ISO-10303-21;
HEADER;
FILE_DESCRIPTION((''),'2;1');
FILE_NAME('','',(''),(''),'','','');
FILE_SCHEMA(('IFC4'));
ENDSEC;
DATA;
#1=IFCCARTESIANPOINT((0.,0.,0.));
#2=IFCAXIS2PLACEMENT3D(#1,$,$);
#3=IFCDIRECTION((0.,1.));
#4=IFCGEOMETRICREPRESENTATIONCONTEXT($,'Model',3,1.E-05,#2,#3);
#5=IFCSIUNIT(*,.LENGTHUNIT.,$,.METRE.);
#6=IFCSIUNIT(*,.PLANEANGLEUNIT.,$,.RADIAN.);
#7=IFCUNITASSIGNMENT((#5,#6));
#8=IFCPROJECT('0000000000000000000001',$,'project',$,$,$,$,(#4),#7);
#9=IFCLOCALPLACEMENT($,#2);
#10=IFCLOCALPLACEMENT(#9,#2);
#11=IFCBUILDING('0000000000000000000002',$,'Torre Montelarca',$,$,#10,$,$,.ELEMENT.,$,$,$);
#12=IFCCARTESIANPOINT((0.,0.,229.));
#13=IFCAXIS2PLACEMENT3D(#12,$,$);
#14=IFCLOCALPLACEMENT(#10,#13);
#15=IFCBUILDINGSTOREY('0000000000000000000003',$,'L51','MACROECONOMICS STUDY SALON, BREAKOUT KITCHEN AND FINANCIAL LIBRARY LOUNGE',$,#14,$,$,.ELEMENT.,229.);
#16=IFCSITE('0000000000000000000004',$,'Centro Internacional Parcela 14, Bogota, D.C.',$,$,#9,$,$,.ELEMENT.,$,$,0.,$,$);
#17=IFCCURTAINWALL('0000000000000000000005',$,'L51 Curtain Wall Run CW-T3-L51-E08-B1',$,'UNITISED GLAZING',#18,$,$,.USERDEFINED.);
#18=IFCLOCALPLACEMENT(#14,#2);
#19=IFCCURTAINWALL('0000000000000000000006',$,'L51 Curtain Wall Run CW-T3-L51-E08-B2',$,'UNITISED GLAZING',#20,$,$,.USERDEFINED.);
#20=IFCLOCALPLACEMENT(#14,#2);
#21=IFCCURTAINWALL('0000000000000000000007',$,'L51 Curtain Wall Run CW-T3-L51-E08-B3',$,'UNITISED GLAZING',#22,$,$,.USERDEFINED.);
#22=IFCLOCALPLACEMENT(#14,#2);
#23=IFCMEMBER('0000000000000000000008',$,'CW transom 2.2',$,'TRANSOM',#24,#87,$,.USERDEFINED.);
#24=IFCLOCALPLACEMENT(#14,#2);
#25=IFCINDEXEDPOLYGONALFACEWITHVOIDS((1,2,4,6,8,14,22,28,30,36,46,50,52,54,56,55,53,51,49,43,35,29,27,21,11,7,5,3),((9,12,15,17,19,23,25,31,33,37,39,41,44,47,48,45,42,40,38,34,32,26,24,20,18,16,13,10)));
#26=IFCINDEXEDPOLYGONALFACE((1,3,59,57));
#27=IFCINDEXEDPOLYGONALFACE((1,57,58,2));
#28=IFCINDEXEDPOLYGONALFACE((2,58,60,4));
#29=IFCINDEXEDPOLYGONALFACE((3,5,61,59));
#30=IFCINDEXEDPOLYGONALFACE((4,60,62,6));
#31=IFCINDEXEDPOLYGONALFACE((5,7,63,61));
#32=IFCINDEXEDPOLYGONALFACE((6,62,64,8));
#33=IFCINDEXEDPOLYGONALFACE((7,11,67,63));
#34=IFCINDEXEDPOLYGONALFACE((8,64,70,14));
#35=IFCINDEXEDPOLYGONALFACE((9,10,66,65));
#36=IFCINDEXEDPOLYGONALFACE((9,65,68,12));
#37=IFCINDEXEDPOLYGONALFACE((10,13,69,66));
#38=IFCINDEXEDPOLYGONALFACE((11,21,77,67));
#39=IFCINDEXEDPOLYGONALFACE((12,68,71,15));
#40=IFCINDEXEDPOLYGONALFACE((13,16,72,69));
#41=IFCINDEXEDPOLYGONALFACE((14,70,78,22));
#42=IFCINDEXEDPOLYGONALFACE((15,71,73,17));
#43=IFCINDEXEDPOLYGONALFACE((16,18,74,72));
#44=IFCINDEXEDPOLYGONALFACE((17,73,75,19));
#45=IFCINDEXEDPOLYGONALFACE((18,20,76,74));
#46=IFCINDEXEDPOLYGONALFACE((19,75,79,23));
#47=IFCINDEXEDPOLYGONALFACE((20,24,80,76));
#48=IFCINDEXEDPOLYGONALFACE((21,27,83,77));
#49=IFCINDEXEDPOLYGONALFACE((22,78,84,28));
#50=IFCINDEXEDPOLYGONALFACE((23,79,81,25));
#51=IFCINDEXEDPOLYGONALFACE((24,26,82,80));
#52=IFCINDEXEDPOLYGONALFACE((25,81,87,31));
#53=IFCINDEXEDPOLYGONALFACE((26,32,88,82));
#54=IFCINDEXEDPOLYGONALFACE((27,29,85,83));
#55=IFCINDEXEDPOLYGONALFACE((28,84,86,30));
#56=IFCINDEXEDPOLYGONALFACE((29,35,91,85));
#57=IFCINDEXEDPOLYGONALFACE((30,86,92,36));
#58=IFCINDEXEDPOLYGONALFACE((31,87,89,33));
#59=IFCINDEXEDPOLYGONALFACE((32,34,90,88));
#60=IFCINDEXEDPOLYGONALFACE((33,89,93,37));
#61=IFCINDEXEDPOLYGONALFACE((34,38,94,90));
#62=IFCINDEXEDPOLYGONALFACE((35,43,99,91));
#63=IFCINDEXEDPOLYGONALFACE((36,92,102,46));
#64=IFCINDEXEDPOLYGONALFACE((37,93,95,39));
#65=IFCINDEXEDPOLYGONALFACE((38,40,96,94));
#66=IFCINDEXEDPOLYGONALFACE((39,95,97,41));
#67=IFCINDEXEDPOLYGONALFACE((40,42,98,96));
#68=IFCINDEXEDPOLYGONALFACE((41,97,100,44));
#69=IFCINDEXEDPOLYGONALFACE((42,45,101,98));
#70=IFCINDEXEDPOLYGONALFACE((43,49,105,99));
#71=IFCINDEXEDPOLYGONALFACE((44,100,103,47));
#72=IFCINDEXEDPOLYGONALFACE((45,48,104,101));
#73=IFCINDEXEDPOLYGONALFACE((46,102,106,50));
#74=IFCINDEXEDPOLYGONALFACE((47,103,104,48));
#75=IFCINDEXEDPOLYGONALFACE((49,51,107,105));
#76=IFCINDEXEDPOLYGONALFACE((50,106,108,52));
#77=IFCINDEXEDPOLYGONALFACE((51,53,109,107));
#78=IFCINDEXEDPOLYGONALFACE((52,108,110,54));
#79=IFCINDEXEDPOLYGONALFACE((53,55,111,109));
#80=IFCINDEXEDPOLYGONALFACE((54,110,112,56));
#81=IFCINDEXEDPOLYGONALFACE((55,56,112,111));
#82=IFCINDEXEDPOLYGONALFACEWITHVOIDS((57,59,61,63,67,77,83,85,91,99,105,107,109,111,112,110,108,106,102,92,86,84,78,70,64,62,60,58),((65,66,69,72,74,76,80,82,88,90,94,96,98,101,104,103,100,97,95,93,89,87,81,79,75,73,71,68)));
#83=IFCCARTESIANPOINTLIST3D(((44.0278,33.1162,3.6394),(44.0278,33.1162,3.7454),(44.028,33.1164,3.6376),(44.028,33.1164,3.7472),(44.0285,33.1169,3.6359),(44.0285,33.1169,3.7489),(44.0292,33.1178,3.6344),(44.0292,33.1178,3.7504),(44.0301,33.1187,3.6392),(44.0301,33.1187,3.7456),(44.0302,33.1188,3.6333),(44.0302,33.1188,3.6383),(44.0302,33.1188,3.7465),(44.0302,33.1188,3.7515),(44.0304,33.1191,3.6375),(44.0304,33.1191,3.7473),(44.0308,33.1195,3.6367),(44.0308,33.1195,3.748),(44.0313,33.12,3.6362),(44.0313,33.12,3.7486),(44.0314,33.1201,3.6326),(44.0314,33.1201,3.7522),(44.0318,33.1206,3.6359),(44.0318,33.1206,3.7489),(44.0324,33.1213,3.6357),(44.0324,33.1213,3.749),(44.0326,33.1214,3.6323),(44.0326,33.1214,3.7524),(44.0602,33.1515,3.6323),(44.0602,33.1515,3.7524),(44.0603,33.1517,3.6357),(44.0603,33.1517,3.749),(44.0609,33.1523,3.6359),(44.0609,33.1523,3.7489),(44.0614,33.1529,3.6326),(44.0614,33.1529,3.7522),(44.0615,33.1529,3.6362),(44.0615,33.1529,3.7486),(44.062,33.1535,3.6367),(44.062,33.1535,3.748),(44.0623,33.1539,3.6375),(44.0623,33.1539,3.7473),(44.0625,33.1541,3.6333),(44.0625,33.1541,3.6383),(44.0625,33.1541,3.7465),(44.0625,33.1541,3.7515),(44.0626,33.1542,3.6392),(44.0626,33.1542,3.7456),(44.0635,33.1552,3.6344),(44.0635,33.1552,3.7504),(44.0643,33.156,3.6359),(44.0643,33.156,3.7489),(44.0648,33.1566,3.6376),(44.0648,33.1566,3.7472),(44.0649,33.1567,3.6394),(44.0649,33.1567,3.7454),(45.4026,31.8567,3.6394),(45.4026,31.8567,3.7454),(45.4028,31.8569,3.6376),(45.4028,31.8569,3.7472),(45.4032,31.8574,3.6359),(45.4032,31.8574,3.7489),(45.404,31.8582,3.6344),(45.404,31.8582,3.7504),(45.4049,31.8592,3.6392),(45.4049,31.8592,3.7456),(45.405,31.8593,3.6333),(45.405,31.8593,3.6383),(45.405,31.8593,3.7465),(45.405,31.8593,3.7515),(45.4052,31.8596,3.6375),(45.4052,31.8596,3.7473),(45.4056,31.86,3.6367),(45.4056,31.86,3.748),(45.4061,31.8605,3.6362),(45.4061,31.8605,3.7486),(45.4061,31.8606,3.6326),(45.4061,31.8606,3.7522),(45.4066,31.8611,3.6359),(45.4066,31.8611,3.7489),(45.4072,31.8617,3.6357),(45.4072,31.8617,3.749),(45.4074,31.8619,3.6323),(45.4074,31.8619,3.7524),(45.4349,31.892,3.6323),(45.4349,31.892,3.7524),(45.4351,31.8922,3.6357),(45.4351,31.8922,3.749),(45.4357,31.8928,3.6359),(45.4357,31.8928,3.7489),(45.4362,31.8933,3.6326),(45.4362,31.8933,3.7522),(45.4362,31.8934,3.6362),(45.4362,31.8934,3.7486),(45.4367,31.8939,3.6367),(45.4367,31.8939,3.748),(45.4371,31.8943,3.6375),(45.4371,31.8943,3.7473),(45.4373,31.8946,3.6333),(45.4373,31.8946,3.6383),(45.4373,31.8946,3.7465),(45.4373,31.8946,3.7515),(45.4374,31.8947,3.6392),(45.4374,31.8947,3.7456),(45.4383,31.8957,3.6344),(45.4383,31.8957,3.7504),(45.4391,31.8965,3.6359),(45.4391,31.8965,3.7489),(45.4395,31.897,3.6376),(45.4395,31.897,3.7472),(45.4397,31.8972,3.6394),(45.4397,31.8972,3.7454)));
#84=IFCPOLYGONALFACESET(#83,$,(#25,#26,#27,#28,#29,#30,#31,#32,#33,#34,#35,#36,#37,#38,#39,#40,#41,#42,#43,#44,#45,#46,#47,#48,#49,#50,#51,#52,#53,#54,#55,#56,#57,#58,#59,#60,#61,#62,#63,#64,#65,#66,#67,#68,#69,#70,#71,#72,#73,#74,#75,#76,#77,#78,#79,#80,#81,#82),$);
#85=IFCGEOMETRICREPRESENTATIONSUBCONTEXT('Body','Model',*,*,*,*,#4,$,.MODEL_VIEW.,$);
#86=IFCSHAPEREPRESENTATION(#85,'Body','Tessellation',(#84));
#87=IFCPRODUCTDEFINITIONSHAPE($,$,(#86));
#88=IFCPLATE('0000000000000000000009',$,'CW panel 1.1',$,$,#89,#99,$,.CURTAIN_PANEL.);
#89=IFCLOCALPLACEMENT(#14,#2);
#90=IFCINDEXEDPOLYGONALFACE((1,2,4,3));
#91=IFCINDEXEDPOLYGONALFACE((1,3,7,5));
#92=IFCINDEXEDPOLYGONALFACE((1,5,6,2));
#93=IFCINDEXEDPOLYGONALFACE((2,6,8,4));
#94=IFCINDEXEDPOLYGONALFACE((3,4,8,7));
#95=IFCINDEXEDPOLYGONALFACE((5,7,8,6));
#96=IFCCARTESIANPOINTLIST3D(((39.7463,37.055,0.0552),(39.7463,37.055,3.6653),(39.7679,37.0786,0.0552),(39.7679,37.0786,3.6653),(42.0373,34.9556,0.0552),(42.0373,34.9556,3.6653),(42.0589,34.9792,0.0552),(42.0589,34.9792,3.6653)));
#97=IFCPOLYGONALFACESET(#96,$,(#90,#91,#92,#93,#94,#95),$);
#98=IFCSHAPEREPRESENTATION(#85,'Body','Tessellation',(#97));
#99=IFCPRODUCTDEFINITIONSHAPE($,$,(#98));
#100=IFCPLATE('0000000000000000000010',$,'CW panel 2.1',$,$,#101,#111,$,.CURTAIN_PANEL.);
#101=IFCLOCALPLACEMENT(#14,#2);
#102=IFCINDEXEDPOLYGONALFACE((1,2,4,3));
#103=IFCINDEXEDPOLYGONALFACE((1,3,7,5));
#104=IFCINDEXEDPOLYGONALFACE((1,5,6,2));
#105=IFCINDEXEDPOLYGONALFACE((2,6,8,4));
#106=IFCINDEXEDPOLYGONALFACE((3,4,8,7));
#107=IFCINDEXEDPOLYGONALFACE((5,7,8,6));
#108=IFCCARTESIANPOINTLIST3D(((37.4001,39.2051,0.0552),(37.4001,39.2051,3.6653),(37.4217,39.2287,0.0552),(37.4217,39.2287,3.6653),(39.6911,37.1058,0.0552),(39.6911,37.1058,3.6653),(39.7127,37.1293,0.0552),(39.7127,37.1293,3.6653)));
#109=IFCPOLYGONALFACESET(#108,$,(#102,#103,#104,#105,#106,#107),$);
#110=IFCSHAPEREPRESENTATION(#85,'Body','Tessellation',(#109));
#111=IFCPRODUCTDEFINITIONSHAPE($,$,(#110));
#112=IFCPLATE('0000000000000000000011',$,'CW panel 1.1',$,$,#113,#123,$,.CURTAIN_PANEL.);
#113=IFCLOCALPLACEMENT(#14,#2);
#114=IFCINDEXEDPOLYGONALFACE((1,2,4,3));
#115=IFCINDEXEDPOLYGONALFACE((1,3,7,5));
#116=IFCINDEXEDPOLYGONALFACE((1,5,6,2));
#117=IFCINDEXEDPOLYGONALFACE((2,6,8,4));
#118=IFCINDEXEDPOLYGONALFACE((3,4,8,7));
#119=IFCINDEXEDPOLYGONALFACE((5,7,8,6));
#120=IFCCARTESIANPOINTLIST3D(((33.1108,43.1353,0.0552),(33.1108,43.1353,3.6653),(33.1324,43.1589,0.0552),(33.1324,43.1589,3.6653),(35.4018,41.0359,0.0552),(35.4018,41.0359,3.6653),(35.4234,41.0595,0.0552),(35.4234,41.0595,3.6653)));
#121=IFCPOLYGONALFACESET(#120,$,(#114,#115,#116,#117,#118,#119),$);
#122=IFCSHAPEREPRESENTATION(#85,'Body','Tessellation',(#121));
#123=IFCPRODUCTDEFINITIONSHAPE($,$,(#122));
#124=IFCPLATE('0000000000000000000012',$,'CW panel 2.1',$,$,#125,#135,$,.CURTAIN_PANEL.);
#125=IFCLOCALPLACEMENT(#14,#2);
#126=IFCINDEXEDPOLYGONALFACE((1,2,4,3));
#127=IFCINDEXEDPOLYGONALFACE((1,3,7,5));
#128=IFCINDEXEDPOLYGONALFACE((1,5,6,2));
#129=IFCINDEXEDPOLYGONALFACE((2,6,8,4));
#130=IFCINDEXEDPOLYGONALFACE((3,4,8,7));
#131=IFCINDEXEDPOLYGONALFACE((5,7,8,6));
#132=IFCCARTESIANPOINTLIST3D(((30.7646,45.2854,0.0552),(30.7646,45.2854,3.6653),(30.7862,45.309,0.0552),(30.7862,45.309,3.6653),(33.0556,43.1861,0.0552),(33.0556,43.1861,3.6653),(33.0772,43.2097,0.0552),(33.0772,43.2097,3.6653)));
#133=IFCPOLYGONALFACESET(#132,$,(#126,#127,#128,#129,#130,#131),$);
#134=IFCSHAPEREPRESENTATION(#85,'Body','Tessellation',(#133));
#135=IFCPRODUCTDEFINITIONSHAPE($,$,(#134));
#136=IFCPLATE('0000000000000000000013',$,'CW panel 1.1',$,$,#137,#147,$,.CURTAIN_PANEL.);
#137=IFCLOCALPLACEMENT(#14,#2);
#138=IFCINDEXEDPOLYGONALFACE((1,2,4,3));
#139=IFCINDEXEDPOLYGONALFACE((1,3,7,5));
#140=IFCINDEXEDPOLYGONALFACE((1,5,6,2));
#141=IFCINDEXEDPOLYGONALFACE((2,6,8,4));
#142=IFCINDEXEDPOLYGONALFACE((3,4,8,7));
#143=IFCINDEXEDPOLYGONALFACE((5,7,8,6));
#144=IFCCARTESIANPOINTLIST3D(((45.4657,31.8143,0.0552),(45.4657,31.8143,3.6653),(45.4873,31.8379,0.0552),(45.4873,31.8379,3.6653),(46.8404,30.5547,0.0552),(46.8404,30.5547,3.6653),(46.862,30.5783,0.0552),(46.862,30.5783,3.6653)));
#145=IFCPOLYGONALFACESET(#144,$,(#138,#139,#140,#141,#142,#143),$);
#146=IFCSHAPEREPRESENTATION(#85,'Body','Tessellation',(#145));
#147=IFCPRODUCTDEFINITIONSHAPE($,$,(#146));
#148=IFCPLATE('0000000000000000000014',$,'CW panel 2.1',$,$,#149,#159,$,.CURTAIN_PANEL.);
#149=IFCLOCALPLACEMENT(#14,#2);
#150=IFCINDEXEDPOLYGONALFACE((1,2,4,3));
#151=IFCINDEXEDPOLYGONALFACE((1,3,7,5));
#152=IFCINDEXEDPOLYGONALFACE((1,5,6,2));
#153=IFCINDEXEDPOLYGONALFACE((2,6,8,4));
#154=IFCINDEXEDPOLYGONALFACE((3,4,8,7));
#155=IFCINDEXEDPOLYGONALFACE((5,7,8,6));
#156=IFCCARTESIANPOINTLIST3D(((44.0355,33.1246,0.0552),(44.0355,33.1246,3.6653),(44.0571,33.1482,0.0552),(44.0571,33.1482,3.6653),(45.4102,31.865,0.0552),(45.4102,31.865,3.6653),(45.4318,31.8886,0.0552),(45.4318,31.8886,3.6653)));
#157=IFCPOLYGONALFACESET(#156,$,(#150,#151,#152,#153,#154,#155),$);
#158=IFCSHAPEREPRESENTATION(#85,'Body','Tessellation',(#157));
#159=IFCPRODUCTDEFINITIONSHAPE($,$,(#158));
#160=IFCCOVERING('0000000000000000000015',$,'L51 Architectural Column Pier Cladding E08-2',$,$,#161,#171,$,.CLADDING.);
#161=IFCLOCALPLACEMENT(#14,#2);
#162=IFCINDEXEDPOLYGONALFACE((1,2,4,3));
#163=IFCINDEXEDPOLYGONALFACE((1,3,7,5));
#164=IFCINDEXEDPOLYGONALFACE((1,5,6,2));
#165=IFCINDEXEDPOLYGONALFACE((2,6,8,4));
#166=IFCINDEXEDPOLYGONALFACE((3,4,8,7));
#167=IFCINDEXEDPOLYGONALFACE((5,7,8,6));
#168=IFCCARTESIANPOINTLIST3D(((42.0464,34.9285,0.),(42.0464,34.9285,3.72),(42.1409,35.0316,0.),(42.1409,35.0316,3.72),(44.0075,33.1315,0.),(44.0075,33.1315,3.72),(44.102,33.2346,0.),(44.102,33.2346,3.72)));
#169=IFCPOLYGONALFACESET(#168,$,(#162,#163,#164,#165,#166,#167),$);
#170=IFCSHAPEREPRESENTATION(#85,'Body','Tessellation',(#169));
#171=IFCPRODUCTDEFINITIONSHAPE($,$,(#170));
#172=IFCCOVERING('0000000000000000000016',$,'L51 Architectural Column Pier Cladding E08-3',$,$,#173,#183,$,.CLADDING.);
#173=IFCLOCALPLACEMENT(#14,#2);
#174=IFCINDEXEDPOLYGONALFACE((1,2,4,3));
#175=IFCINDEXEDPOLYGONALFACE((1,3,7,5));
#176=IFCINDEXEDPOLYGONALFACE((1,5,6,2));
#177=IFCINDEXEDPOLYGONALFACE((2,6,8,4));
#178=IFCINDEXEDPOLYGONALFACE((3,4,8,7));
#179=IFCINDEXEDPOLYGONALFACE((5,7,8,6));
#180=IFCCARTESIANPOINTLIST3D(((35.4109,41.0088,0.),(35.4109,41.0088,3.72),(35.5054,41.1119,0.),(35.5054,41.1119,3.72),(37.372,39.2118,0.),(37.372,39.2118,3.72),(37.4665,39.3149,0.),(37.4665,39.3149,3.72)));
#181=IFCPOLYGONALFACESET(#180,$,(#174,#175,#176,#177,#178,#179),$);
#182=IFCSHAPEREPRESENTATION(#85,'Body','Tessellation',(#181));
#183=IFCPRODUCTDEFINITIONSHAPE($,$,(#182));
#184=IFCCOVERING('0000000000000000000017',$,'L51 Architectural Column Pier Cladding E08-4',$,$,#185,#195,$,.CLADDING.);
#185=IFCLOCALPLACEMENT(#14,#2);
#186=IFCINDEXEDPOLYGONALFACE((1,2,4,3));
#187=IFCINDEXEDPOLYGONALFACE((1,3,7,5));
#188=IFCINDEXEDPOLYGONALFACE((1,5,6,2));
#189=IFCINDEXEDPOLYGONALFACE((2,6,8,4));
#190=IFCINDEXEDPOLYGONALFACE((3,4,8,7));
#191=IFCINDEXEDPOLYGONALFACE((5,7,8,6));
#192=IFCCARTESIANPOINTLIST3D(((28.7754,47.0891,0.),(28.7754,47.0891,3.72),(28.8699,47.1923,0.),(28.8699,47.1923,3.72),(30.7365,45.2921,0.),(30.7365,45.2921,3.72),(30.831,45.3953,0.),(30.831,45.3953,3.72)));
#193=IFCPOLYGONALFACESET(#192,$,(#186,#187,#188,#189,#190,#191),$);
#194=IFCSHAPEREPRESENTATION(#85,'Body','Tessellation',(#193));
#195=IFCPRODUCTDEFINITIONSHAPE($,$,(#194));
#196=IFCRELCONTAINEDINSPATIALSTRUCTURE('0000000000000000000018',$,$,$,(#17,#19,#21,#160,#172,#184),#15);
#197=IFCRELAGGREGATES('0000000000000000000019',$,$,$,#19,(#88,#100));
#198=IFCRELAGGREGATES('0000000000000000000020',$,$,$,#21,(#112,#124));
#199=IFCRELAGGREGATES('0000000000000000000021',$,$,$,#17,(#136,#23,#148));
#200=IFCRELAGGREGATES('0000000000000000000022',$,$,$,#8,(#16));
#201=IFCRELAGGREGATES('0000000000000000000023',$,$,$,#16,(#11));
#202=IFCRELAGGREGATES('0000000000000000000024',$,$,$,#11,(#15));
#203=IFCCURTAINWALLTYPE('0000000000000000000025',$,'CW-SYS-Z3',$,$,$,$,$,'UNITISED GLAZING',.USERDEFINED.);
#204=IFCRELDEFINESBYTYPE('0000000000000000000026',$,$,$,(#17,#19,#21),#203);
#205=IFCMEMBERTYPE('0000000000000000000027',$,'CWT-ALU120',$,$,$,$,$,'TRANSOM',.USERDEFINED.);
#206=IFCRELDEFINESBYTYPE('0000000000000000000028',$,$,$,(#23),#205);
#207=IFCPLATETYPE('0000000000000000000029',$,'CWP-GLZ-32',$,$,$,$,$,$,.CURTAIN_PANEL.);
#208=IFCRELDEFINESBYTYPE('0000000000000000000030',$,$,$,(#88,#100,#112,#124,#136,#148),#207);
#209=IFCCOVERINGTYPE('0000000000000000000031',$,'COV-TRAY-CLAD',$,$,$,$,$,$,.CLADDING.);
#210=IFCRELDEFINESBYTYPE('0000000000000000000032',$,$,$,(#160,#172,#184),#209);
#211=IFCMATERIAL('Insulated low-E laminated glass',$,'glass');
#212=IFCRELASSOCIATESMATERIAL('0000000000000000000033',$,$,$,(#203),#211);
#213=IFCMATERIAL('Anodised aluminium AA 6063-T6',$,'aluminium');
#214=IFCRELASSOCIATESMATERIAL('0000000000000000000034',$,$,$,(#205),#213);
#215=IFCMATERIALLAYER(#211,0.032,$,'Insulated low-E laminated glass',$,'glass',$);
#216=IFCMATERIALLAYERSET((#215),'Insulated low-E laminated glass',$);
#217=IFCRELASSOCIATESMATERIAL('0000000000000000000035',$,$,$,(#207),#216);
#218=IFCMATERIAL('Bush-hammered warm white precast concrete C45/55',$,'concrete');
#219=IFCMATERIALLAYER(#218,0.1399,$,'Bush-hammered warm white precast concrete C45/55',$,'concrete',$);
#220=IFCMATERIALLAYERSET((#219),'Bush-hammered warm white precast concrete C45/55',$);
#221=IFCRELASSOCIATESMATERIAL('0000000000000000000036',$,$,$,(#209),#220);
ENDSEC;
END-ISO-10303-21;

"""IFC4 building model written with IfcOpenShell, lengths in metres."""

from ifc_helpers import new_model, si_unit, direction, frame, origin, origin_2d, place, context, subcontext, project, spatial, rectangle, hollow_rectangle, extrude, source, transform, mapped, material, layer, layer_set, material_profile, profile_set, type_object, element, aggregate, save


model = new_model("IFC4")

# Units and contexts
model_context = context("Model", 3, precision=1e-05, world=origin(), true_north=direction((0.0, 1.0)))
body_context = subcontext(model_context, "Body", "Model", "MODEL_VIEW")
ifc_project = project(units=[si_unit("LENGTHUNIT", "METRE"), si_unit("PLANEANGLEUNIT", "RADIAN")], contexts=[model_context])

# Site, building, storey
site_placement = place(None, origin())
site = spatial("IfcSite", under=ifc_project, at=site_placement, Name="Centro Internacional Parcela 14, Bogota, D.C.", CompositionType="ELEMENT", RefElevation=0.0)
building_placement = place(site_placement, origin())
building = spatial("IfcBuilding", under=site, at=building_placement, Name="Torre Montelarca", CompositionType="ELEMENT")
storey_placement = place(building_placement, frame((0.0, 0.0, 229.0)))
storey = spatial("IfcBuildingStorey", under=building, at=storey_placement, Name="L51", Description="MACROECONOMICS STUDY SALON, BREAKOUT KITCHEN AND FINANCIAL LIBRARY LOUNGE", CompositionType="ELEMENT", Elevation=229.0)

# Curtain walls
ifc_material_1 = material(Name="Insulated low-E laminated glass", Category="glass")
curtain_wall_type = type_object("IfcCurtainWallType", Name="CW-SYS-Z3", ElementType="UNITISED GLAZING", PredefinedType="USERDEFINED", material=ifc_material_1)
curtain_wall_1_placement = place(storey_placement, origin())
curtain_wall_1 = element("IfcCurtainWall", 1, at=curtain_wall_1_placement, inside=storey, type_object=curtain_wall_type, Name="L51 Curtain Wall Run CW-T3-L51-E08-B1", ObjectType="UNITISED GLAZING", PredefinedType="USERDEFINED")
ifc_material_2 = material(Name="Anodised aluminium AA 6063-T6", Category="aluminium")
curtain_wall_2_placement = place(storey_placement, origin())
curtain_wall_2 = element("IfcCurtainWall", 2, at=curtain_wall_2_placement, inside=storey, type_object=curtain_wall_type, Name="L51 Curtain Wall Run CW-T3-L51-E08-B2", ObjectType="UNITISED GLAZING", PredefinedType="USERDEFINED")
curtain_wall_3_placement = place(storey_placement, origin())
curtain_wall_3 = element("IfcCurtainWall", 3, at=curtain_wall_3_placement, inside=storey, type_object=curtain_wall_type, Name="L51 Curtain Wall Run CW-T3-L51-E08-B3", ObjectType="UNITISED GLAZING", PredefinedType="USERDEFINED")

# Member
ifc_material_profile_1 = material_profile(ifc_material_2, hollow_rectangle(XDim=0.0549, YDim=0.1201, WallThickness=0.0034, InnerFilletRadius=0.0034, OuterFilletRadius=0.0071, at=origin_2d()), Name="ALU55X120X3.5", Category="aluminium")
ifc_profile_set_1 = profile_set([ifc_material_profile_1], Name="Anodised aluminium AA 6063-T6")
member_type_1 = type_object("IfcMemberType", Name="CWT-ALU120", ElementType="TRANSOM", PredefinedType="USERDEFINED", material=ifc_profile_set_1)
shared_shape_1 = source(origin(), body_context, "Body", "SweptSolid", [
    extrude(hollow_rectangle(XDim=0.0549, YDim=0.1201, WallThickness=0.0034, InnerFilletRadius=0.0034, OuterFilletRadius=0.0071, at=origin_2d()), origin(), (0.0, 0.0, 1.0), 1.8645),
])
member_1_placement = place(storey_placement, frame((45.4211, 31.877, 3.6924), z_axis=(-0.737333, 0.675529, 0.0), x_axis=(-0.675529, -0.737333, 0.0)))
member_1 = element("IfcMember", 4, at=member_1_placement, type_object=member_type_1, Name="CW transom 2.2", ObjectType="TRANSOM", PredefinedType="USERDEFINED", context=body_context, shape_type="MappedRepresentation", body=[
    mapped(shared_shape_1, transform((0.0, 0.0, 0.0), scale=1.0)),
])

# Plates
ifc_layer_1 = layer(ifc_material_1, 0.032, Name="Insulated low-E laminated glass", Category="glass")
ifc_layer_set_1 = layer_set([ifc_layer_1], Name="Insulated low-E laminated glass")
plate_type = type_object("IfcPlateType", Name="CWP-GLZ-32", PredefinedType="CURTAIN_PANEL", material=ifc_layer_set_1)
shared_shape_2 = source(origin(), body_context, "Body", "SweptSolid", [
    extrude(rectangle(XDim=3.1074, YDim=0.032, at=origin_2d()), origin(), (0.0, 0.0, 1.0), 3.6101),
])
plate_1_placement = place(storey_placement, frame((40.9026, 36.0171, 0.0552), z_axis=(0.0, 0.0, 1.0), x_axis=(-0.737273, 0.675595, 0.0)))
plate_1 = element("IfcPlate", 5, at=plate_1_placement, type_object=plate_type, Name="CW panel 1.1", PredefinedType="CURTAIN_PANEL", context=body_context, shape_type="MappedRepresentation", body=[
    mapped(shared_shape_2, transform((0.0, 0.0, 0.0), scale=1.0)),
])
plate_2_placement = place(storey_placement, frame((38.5564, 38.1672, 0.0552), z_axis=(0.0, 0.0, 1.0), x_axis=(-0.737273, 0.675595, 0.0)))
plate_2 = element("IfcPlate", 6, at=plate_2_placement, type_object=plate_type, Name="CW panel 2.1", PredefinedType="CURTAIN_PANEL", context=body_context, shape_type="MappedRepresentation", body=[
    mapped(shared_shape_2, transform((0.0, 0.0, 0.0), scale=1.0)),
])
aggregate(curtain_wall_2, [plate_1, plate_2])
plate_3_placement = place(storey_placement, frame((34.2671, 42.0974, 0.0552), z_axis=(0.0, 0.0, 1.0), x_axis=(-0.737273, 0.675595, 0.0)))
plate_3 = element("IfcPlate", 7, at=plate_3_placement, type_object=plate_type, Name="CW panel 1.1", PredefinedType="CURTAIN_PANEL", context=body_context, shape_type="MappedRepresentation", body=[
    mapped(shared_shape_2, transform((0.0, 0.0, 0.0), scale=1.0)),
])
plate_4_placement = place(storey_placement, frame((31.9209, 44.2476, 0.0552), z_axis=(0.0, 0.0, 1.0), x_axis=(-0.737273, 0.675595, 0.0)))
plate_4 = element("IfcPlate", 8, at=plate_4_placement, type_object=plate_type, Name="CW panel 2.1", PredefinedType="CURTAIN_PANEL", context=body_context, shape_type="MappedRepresentation", body=[
    mapped(shared_shape_2, transform((0.0, 0.0, 0.0), scale=1.0)),
])
aggregate(curtain_wall_3, [plate_3, plate_4])
shared_shape_3 = source(origin(), body_context, "Body", "SweptSolid", [
    extrude(rectangle(XDim=1.8645, YDim=0.032, at=origin_2d()), origin(), (0.0, 0.0, 1.0), 3.6101),
])
plate_5_placement = place(storey_placement, frame((46.1638, 31.1963, 0.0552), z_axis=(0.0, 0.0, 1.0), x_axis=(-0.737286, 0.67558, 0.0)))
plate_5 = element("IfcPlate", 9, at=plate_5_placement, type_object=plate_type, Name="CW panel 1.1", PredefinedType="CURTAIN_PANEL", context=body_context, shape_type="MappedRepresentation", body=[
    mapped(shared_shape_3, transform((0.0, 0.0, 0.0), scale=1.0)),
])
plate_6_placement = place(storey_placement, frame((44.7336, 32.5066, 0.0552), z_axis=(0.0, 0.0, 1.0), x_axis=(-0.737286, 0.67558, 0.0)))
plate_6 = element("IfcPlate", 10, at=plate_6_placement, type_object=plate_type, Name="CW panel 2.1", PredefinedType="CURTAIN_PANEL", context=body_context, shape_type="MappedRepresentation", body=[
    mapped(shared_shape_3, transform((0.0, 0.0, 0.0), scale=1.0)),
])
aggregate(curtain_wall_1, [plate_5, member_1, plate_6])

# Coverings
ifc_material_3 = material(Name="Bush-hammered warm white precast concrete C45/55", Category="concrete")
ifc_layer_2 = layer(ifc_material_3, 0.1399, Name="Bush-hammered warm white precast concrete C45/55", Category="concrete")
ifc_layer_set_2 = layer_set([ifc_layer_2], Name="Bush-hammered warm white precast concrete C45/55")
covering_type = type_object("IfcCoveringType", Name="COV-TRAY-CLAD", PredefinedType="CLADDING", material=ifc_layer_set_2)
shared_shape_4 = source(origin(), body_context, "Body", "SweptSolid", [
    extrude(rectangle(XDim=2.6599, YDim=0.1399, at=origin_2d()), origin(), (0.0, 0.0, 1.0), 3.72),
])
for number, where, z_axis, x_axis, name in (
    (11, (43.0742, 34.0815, 0.0), (0.0, 0.0, 1.0), (-0.737277, 0.67559, 0.0), "L51 Architectural Column Pier Cladding E08-2"),
    (12, (36.4387, 40.1619, 0.0), (0.0, 0.0, 1.0), (-0.737277, 0.67559, 0.0), "L51 Architectural Column Pier Cladding E08-3"),
    (13, (29.8032, 46.2422, 0.0), (0.0, 0.0, 1.0), (-0.737277, 0.67559, 0.0), "L51 Architectural Column Pier Cladding E08-4"),
):
    element("IfcCovering", number, at=place(storey_placement, frame(where, z_axis=z_axis, x_axis=x_axis)), inside=storey, type_object=covering_type, Name=name, PredefinedType="CLADDING", context=body_context, shape_type="MappedRepresentation", body=[
        mapped(shared_shape_4, transform((0.0, 0.0, 0.0), scale=1.0)),
    ])

save(model, "model.ifc")
